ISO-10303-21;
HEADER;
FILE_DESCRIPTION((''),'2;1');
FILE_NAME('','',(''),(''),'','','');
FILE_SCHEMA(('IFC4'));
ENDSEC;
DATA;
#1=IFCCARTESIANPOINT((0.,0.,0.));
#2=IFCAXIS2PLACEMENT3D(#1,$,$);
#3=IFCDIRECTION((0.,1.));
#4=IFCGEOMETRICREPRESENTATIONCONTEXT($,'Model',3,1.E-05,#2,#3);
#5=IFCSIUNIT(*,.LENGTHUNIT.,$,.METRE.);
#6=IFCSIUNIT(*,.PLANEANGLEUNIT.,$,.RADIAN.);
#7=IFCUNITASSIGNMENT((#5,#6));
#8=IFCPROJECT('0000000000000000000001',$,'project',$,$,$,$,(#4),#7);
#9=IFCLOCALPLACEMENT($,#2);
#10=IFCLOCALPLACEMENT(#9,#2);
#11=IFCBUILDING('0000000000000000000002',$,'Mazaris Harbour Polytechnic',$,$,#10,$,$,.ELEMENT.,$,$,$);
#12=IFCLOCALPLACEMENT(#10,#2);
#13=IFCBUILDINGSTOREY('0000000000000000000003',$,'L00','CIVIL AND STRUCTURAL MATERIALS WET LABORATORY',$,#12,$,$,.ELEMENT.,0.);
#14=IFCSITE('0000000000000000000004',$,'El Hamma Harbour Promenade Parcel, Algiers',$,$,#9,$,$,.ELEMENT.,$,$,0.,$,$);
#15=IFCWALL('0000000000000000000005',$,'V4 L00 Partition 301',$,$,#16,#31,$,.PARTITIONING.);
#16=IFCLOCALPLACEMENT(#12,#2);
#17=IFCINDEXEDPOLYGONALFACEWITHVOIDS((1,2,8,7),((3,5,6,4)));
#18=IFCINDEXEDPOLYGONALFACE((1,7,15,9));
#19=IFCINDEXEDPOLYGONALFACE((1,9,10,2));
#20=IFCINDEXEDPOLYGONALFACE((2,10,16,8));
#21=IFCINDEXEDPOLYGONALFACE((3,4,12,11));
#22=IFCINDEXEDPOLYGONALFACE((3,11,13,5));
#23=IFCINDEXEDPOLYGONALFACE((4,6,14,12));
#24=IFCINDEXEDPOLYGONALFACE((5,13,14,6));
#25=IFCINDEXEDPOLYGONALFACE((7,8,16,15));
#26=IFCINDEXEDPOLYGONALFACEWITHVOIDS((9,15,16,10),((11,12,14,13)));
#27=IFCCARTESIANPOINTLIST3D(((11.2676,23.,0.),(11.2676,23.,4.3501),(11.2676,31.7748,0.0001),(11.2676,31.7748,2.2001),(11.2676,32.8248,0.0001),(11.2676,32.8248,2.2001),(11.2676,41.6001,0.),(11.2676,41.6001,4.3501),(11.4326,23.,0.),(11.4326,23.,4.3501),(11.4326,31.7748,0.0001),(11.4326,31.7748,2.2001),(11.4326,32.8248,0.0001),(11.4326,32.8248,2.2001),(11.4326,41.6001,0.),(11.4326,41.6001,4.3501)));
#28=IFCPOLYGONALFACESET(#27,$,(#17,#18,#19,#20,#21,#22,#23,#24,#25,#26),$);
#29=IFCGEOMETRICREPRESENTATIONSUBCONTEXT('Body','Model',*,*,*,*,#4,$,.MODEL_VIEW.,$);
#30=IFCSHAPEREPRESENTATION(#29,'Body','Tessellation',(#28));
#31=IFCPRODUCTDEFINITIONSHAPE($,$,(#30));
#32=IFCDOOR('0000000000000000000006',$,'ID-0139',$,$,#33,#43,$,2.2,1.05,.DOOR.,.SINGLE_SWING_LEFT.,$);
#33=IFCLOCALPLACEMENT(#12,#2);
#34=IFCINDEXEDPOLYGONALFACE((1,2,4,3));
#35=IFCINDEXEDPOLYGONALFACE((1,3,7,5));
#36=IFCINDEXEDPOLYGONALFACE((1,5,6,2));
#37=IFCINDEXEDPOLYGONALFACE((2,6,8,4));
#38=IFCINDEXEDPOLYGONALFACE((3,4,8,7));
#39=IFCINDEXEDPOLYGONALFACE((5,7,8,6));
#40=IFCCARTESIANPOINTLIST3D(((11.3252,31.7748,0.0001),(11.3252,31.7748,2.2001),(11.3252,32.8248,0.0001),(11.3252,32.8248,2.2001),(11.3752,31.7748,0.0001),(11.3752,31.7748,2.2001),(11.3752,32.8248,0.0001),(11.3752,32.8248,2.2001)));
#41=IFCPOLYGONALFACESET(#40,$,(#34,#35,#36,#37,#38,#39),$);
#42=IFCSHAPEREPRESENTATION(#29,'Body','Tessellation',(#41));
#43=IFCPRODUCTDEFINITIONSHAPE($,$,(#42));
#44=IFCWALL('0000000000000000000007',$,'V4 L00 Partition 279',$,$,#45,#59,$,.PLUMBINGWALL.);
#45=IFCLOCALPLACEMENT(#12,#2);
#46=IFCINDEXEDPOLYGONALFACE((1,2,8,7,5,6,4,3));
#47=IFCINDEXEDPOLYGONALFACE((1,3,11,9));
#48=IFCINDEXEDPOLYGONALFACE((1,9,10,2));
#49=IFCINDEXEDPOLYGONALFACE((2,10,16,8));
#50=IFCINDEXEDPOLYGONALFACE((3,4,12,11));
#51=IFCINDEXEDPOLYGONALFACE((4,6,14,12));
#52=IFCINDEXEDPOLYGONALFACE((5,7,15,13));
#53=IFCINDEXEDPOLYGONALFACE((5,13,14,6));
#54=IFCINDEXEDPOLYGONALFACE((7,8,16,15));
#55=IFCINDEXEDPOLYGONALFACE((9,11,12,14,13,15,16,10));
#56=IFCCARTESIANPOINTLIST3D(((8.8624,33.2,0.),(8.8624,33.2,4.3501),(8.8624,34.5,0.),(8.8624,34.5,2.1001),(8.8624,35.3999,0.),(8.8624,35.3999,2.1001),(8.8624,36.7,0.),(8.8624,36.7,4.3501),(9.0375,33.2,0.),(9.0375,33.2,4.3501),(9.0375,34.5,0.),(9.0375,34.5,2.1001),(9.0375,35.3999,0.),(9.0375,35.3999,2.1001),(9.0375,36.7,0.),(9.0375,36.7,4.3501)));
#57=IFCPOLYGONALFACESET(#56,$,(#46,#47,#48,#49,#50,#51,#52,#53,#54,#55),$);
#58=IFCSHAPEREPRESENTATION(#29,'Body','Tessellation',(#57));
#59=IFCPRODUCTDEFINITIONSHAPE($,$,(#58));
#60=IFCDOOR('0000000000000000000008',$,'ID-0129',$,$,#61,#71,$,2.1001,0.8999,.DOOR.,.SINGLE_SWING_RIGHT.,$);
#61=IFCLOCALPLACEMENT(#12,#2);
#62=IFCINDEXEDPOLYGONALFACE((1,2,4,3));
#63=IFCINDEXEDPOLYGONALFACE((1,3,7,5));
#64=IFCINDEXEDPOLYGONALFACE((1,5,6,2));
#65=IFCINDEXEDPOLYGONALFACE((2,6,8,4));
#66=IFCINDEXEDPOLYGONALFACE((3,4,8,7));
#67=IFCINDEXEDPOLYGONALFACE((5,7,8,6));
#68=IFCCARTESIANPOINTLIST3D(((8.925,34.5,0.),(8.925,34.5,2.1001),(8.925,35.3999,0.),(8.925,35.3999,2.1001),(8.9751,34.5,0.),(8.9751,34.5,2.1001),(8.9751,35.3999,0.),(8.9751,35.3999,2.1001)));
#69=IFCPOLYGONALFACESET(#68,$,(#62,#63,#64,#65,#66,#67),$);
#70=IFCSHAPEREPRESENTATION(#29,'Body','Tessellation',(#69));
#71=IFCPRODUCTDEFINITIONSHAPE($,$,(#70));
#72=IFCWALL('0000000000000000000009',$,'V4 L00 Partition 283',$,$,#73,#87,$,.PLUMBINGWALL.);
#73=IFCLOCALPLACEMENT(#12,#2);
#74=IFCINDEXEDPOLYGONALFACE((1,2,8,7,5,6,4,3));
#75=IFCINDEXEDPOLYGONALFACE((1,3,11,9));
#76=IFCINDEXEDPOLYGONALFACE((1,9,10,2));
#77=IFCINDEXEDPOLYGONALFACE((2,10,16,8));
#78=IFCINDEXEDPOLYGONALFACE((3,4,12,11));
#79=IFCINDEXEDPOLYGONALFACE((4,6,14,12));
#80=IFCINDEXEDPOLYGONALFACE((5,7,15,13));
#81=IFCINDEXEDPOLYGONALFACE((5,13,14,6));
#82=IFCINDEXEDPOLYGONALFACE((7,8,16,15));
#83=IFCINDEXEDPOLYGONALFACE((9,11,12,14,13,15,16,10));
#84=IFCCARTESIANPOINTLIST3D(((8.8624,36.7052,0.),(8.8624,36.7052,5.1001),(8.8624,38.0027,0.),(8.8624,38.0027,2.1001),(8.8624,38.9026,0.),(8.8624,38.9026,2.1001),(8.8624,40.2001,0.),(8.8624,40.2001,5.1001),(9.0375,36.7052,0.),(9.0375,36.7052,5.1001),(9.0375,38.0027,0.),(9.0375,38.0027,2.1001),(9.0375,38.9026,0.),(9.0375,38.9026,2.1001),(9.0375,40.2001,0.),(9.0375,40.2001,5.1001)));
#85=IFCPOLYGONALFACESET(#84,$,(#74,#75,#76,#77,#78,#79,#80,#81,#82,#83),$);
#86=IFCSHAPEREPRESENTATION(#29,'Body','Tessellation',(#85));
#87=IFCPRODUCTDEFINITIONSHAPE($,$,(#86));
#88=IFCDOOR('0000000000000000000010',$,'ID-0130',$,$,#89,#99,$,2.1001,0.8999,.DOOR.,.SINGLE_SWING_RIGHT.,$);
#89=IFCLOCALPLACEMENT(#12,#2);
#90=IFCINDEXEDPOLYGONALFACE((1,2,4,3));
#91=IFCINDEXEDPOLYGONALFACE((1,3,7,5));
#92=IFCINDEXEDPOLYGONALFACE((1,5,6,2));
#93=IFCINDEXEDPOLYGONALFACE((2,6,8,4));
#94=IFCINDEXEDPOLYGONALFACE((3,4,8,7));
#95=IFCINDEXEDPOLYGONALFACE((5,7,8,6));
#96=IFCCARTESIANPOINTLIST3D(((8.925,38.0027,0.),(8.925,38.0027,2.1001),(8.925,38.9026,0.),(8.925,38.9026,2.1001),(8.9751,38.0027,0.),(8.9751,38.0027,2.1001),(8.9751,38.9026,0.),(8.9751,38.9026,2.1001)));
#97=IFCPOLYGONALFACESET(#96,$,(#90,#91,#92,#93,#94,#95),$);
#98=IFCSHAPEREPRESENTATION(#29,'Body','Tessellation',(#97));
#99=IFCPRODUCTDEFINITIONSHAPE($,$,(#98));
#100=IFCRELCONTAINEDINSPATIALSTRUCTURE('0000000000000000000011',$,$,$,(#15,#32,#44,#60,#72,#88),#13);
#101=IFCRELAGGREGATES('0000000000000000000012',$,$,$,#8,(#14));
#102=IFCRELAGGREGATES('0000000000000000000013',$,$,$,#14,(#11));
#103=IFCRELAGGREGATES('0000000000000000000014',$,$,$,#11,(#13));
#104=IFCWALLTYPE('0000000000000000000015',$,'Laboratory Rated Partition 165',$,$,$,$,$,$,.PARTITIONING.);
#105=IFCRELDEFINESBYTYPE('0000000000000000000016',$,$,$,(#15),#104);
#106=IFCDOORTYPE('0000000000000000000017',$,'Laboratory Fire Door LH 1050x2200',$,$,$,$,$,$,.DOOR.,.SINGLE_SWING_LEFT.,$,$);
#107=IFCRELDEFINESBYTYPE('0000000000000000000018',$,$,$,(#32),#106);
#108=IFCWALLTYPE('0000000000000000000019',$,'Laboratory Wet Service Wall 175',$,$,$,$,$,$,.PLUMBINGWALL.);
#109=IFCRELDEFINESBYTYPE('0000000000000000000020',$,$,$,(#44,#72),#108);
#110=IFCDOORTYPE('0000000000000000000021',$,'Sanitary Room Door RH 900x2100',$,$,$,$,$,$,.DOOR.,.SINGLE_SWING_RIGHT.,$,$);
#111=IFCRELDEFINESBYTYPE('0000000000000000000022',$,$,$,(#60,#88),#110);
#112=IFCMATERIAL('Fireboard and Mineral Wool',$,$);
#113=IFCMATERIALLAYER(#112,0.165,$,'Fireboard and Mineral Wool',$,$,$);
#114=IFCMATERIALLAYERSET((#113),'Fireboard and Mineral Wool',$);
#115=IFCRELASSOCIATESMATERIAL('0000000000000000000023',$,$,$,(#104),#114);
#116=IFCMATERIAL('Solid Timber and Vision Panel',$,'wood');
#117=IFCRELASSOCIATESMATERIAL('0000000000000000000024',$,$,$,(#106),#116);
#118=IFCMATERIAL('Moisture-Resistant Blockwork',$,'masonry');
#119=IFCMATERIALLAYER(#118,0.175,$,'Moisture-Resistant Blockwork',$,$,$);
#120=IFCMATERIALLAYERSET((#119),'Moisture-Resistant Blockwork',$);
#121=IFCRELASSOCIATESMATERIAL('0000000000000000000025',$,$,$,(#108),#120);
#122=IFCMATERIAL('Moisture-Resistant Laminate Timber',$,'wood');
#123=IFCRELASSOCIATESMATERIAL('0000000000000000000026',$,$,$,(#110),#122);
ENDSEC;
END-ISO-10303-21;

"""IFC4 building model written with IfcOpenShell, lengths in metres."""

from ifc_helpers import new_model, si_unit, direction, frame, frame_2d, origin, place, context, subcontext, project, spatial, rectangle, extrude, material, layer, layer_set, type_object, element, fill, save


model = new_model("IFC4")

# Units and contexts
model_context = context("Model", 3, precision=1e-05, world=origin(), true_north=direction((0.0, 1.0)))
body_context = subcontext(model_context, "Body", "Model", "MODEL_VIEW")
ifc_project = project(units=[si_unit("LENGTHUNIT", "METRE"), si_unit("PLANEANGLEUNIT", "RADIAN")], contexts=[model_context])

# Site, building, storey
site_placement = place(None, origin())
site = spatial("IfcSite", under=ifc_project, at=site_placement, Name="El Hamma Harbour Promenade Parcel, Algiers", CompositionType="ELEMENT", RefElevation=0.0)
building_placement = place(site_placement, origin())
building = spatial("IfcBuilding", under=site, at=building_placement, Name="Mazaris Harbour Polytechnic", CompositionType="ELEMENT")
storey_placement = place(building_placement, origin())
storey = spatial("IfcBuildingStorey", under=building, at=storey_placement, Name="L00", Description="CIVIL AND STRUCTURAL MATERIALS WET LABORATORY", CompositionType="ELEMENT", Elevation=0.0)

# Walls, openings, doors
ifc_material_1 = material(Name="Fireboard and Mineral Wool")
ifc_layer_1 = layer(ifc_material_1, 0.165, Name="Fireboard and Mineral Wool")
ifc_layer_set_1 = layer_set([ifc_layer_1], Name="Fireboard and Mineral Wool")
wall_type_1 = type_object("IfcWallType", Name="Laboratory Rated Partition 165", PredefinedType="PARTITIONING", material=ifc_layer_set_1)
ifc_material_2 = material(Name="Solid Timber and Vision Panel", Category="wood")
door_type_1 = type_object("IfcDoorType", Name="Laboratory Fire Door LH 1050x2200", OperationType="SINGLE_SWING_LEFT", PredefinedType="DOOR", material=ifc_material_2)
wall_1_placement = place(storey_placement, frame((11.3501, 23.0, 0.0), z_axis=(0.0, 0.0, 1.0), x_axis=(0.0, 1.0, 0.0)))
wall_1 = element("IfcWall", 1, at=wall_1_placement, inside=storey, type_object=wall_type_1, Name="V4 L00 Partition 301", PredefinedType="PARTITIONING", context=body_context, shape_type="SweptSolid", body=[
    extrude(rectangle(XDim=18.6001, YDim=0.165, at=frame_2d((9.3, 0.0))), origin(), (0.0, 0.0, 1.0), 4.3501),
])
opening_1_placement = place(wall_1_placement, frame((8.7749, 0.0, 0.0)))
opening_1 = element("IfcOpeningElement", 2, at=opening_1_placement, cuts=wall_1, PredefinedType="OPENING", context=body_context, shape_type="SweptSolid", body=[
    extrude(rectangle(XDim=1.05, YDim=2.2, at=frame_2d((0.5249, 1.1001))), frame((0.0, 0.0925, 0.0), z_axis=(0.0, -1.0, 0.0), x_axis=(1.0, 0.0, 0.0)), (0.0, 0.0, 1.0), 0.1851),
])
door_1_placement = place(opening_1_placement, origin())
door_1 = element("IfcDoor", 3, at=door_1_placement, inside=storey, type_object=door_type_1, Name="ID-0139", OperationType="SINGLE_SWING_LEFT", OverallHeight=2.2, OverallWidth=1.05, PredefinedType="DOOR", context=body_context, shape_type="SweptSolid", body=[
    extrude(rectangle(XDim=1.05, YDim=2.2, at=frame_2d((0.5249, 1.1001))), frame((0.0, 0.0249, 0.0), z_axis=(0.0, -1.0, 0.0), x_axis=(1.0, 0.0, 0.0)), (0.0, 0.0, 1.0), 0.05),
])
fill(opening_1, door_1)
ifc_material_3 = material(Name="Moisture-Resistant Blockwork", Category="masonry")
ifc_layer_2 = layer(ifc_material_3, 0.175, Name="Moisture-Resistant Blockwork")
ifc_layer_set_2 = layer_set([ifc_layer_2], Name="Moisture-Resistant Blockwork")
wall_type_2 = type_object("IfcWallType", Name="Laboratory Wet Service Wall 175", PredefinedType="PLUMBINGWALL", material=ifc_layer_set_2)
wall_2_placement = place(storey_placement, frame((8.95, 33.2, 0.0), z_axis=(0.0, 0.0, 1.0), x_axis=(0.0, 1.0, 0.0)))
wall_2 = element("IfcWall", 4, at=wall_2_placement, inside=storey, type_object=wall_type_2, Name="V4 L00 Partition 279", PredefinedType="PLUMBINGWALL", context=body_context, shape_type="SweptSolid", body=[
    extrude(rectangle(XDim=3.5, YDim=0.175, at=frame_2d((1.75, 0.0))), origin(), (0.0, 0.0, 1.0), 4.3501),
])
opening_2_placement = place(wall_2_placement, frame((1.3, 0.0, 0.0)))
opening_2 = element("IfcOpeningElement", 5, at=opening_2_placement, cuts=wall_2, PredefinedType="OPENING", context=body_context, shape_type="SweptSolid", body=[
    extrude(rectangle(XDim=0.8999, YDim=2.1001, at=frame_2d((0.45, 1.05))), frame((0.0, 0.0974, 0.0), z_axis=(0.0, -1.0, 0.0), x_axis=(1.0, 0.0, 0.0)), (0.0, 0.0, 1.0), 0.1951),
])
ifc_material_4 = material(Name="Moisture-Resistant Laminate Timber", Category="wood")
door_type_2 = type_object("IfcDoorType", Name="Sanitary Room Door RH 900x2100", OperationType="SINGLE_SWING_RIGHT", PredefinedType="DOOR", material=ifc_material_4)
door_2_placement = place(opening_2_placement, origin())
door_2 = element("IfcDoor", 6, at=door_2_placement, inside=storey, type_object=door_type_2, Name="ID-0129", OperationType="SINGLE_SWING_RIGHT", OverallHeight=2.1001, OverallWidth=0.8999, PredefinedType="DOOR", context=body_context, shape_type="SweptSolid", body=[
    extrude(rectangle(XDim=0.8999, YDim=2.1001, at=frame_2d((0.45, 1.05))), frame((0.0, 0.0249, 0.0), z_axis=(0.0, -1.0, 0.0), x_axis=(1.0, 0.0, 0.0)), (0.0, 0.0, 1.0), 0.05),
])
fill(opening_2, door_2)
wall_3_placement = place(storey_placement, frame((8.95, 36.7051, 0.0), z_axis=(0.0, 0.0, 1.0), x_axis=(0.0, 1.0, 0.0)))
wall_3 = element("IfcWall", 7, at=wall_3_placement, inside=storey, type_object=wall_type_2, Name="V4 L00 Partition 283", PredefinedType="PLUMBINGWALL", context=body_context, shape_type="SweptSolid", body=[
    extrude(rectangle(XDim=3.4949, YDim=0.175, at=frame_2d((1.7476, 0.0))), origin(), (0.0, 0.0, 1.0), 5.1001),
])
opening_3_placement = place(wall_3_placement, frame((1.2976, 0.0, 0.0)))
opening_3 = element("IfcOpeningElement", 8, at=opening_3_placement, cuts=wall_3, PredefinedType="OPENING", context=body_context, shape_type="SweptSolid", body=[
    extrude(rectangle(XDim=0.8999, YDim=2.1001, at=frame_2d((0.45, 1.05))), frame((0.0, 0.0974, 0.0), z_axis=(0.0, -1.0, 0.0), x_axis=(1.0, 0.0, 0.0)), (0.0, 0.0, 1.0), 0.1951),
])
door_3_placement = place(opening_3_placement, origin())
door_3 = element("IfcDoor", 9, at=door_3_placement, inside=storey, type_object=door_type_2, Name="ID-0130", OperationType="SINGLE_SWING_RIGHT", OverallHeight=2.1001, OverallWidth=0.8999, PredefinedType="DOOR", context=body_context, shape_type="SweptSolid", body=[
    extrude(rectangle(XDim=0.8999, YDim=2.1001, at=frame_2d((0.45, 1.05))), frame((0.0, 0.0249, 0.0), z_axis=(0.0, -1.0, 0.0), x_axis=(1.0, 0.0, 0.0)), (0.0, 0.0, 1.0), 0.05),
])
fill(opening_3, door_3)

save(model, "model.ifc")
